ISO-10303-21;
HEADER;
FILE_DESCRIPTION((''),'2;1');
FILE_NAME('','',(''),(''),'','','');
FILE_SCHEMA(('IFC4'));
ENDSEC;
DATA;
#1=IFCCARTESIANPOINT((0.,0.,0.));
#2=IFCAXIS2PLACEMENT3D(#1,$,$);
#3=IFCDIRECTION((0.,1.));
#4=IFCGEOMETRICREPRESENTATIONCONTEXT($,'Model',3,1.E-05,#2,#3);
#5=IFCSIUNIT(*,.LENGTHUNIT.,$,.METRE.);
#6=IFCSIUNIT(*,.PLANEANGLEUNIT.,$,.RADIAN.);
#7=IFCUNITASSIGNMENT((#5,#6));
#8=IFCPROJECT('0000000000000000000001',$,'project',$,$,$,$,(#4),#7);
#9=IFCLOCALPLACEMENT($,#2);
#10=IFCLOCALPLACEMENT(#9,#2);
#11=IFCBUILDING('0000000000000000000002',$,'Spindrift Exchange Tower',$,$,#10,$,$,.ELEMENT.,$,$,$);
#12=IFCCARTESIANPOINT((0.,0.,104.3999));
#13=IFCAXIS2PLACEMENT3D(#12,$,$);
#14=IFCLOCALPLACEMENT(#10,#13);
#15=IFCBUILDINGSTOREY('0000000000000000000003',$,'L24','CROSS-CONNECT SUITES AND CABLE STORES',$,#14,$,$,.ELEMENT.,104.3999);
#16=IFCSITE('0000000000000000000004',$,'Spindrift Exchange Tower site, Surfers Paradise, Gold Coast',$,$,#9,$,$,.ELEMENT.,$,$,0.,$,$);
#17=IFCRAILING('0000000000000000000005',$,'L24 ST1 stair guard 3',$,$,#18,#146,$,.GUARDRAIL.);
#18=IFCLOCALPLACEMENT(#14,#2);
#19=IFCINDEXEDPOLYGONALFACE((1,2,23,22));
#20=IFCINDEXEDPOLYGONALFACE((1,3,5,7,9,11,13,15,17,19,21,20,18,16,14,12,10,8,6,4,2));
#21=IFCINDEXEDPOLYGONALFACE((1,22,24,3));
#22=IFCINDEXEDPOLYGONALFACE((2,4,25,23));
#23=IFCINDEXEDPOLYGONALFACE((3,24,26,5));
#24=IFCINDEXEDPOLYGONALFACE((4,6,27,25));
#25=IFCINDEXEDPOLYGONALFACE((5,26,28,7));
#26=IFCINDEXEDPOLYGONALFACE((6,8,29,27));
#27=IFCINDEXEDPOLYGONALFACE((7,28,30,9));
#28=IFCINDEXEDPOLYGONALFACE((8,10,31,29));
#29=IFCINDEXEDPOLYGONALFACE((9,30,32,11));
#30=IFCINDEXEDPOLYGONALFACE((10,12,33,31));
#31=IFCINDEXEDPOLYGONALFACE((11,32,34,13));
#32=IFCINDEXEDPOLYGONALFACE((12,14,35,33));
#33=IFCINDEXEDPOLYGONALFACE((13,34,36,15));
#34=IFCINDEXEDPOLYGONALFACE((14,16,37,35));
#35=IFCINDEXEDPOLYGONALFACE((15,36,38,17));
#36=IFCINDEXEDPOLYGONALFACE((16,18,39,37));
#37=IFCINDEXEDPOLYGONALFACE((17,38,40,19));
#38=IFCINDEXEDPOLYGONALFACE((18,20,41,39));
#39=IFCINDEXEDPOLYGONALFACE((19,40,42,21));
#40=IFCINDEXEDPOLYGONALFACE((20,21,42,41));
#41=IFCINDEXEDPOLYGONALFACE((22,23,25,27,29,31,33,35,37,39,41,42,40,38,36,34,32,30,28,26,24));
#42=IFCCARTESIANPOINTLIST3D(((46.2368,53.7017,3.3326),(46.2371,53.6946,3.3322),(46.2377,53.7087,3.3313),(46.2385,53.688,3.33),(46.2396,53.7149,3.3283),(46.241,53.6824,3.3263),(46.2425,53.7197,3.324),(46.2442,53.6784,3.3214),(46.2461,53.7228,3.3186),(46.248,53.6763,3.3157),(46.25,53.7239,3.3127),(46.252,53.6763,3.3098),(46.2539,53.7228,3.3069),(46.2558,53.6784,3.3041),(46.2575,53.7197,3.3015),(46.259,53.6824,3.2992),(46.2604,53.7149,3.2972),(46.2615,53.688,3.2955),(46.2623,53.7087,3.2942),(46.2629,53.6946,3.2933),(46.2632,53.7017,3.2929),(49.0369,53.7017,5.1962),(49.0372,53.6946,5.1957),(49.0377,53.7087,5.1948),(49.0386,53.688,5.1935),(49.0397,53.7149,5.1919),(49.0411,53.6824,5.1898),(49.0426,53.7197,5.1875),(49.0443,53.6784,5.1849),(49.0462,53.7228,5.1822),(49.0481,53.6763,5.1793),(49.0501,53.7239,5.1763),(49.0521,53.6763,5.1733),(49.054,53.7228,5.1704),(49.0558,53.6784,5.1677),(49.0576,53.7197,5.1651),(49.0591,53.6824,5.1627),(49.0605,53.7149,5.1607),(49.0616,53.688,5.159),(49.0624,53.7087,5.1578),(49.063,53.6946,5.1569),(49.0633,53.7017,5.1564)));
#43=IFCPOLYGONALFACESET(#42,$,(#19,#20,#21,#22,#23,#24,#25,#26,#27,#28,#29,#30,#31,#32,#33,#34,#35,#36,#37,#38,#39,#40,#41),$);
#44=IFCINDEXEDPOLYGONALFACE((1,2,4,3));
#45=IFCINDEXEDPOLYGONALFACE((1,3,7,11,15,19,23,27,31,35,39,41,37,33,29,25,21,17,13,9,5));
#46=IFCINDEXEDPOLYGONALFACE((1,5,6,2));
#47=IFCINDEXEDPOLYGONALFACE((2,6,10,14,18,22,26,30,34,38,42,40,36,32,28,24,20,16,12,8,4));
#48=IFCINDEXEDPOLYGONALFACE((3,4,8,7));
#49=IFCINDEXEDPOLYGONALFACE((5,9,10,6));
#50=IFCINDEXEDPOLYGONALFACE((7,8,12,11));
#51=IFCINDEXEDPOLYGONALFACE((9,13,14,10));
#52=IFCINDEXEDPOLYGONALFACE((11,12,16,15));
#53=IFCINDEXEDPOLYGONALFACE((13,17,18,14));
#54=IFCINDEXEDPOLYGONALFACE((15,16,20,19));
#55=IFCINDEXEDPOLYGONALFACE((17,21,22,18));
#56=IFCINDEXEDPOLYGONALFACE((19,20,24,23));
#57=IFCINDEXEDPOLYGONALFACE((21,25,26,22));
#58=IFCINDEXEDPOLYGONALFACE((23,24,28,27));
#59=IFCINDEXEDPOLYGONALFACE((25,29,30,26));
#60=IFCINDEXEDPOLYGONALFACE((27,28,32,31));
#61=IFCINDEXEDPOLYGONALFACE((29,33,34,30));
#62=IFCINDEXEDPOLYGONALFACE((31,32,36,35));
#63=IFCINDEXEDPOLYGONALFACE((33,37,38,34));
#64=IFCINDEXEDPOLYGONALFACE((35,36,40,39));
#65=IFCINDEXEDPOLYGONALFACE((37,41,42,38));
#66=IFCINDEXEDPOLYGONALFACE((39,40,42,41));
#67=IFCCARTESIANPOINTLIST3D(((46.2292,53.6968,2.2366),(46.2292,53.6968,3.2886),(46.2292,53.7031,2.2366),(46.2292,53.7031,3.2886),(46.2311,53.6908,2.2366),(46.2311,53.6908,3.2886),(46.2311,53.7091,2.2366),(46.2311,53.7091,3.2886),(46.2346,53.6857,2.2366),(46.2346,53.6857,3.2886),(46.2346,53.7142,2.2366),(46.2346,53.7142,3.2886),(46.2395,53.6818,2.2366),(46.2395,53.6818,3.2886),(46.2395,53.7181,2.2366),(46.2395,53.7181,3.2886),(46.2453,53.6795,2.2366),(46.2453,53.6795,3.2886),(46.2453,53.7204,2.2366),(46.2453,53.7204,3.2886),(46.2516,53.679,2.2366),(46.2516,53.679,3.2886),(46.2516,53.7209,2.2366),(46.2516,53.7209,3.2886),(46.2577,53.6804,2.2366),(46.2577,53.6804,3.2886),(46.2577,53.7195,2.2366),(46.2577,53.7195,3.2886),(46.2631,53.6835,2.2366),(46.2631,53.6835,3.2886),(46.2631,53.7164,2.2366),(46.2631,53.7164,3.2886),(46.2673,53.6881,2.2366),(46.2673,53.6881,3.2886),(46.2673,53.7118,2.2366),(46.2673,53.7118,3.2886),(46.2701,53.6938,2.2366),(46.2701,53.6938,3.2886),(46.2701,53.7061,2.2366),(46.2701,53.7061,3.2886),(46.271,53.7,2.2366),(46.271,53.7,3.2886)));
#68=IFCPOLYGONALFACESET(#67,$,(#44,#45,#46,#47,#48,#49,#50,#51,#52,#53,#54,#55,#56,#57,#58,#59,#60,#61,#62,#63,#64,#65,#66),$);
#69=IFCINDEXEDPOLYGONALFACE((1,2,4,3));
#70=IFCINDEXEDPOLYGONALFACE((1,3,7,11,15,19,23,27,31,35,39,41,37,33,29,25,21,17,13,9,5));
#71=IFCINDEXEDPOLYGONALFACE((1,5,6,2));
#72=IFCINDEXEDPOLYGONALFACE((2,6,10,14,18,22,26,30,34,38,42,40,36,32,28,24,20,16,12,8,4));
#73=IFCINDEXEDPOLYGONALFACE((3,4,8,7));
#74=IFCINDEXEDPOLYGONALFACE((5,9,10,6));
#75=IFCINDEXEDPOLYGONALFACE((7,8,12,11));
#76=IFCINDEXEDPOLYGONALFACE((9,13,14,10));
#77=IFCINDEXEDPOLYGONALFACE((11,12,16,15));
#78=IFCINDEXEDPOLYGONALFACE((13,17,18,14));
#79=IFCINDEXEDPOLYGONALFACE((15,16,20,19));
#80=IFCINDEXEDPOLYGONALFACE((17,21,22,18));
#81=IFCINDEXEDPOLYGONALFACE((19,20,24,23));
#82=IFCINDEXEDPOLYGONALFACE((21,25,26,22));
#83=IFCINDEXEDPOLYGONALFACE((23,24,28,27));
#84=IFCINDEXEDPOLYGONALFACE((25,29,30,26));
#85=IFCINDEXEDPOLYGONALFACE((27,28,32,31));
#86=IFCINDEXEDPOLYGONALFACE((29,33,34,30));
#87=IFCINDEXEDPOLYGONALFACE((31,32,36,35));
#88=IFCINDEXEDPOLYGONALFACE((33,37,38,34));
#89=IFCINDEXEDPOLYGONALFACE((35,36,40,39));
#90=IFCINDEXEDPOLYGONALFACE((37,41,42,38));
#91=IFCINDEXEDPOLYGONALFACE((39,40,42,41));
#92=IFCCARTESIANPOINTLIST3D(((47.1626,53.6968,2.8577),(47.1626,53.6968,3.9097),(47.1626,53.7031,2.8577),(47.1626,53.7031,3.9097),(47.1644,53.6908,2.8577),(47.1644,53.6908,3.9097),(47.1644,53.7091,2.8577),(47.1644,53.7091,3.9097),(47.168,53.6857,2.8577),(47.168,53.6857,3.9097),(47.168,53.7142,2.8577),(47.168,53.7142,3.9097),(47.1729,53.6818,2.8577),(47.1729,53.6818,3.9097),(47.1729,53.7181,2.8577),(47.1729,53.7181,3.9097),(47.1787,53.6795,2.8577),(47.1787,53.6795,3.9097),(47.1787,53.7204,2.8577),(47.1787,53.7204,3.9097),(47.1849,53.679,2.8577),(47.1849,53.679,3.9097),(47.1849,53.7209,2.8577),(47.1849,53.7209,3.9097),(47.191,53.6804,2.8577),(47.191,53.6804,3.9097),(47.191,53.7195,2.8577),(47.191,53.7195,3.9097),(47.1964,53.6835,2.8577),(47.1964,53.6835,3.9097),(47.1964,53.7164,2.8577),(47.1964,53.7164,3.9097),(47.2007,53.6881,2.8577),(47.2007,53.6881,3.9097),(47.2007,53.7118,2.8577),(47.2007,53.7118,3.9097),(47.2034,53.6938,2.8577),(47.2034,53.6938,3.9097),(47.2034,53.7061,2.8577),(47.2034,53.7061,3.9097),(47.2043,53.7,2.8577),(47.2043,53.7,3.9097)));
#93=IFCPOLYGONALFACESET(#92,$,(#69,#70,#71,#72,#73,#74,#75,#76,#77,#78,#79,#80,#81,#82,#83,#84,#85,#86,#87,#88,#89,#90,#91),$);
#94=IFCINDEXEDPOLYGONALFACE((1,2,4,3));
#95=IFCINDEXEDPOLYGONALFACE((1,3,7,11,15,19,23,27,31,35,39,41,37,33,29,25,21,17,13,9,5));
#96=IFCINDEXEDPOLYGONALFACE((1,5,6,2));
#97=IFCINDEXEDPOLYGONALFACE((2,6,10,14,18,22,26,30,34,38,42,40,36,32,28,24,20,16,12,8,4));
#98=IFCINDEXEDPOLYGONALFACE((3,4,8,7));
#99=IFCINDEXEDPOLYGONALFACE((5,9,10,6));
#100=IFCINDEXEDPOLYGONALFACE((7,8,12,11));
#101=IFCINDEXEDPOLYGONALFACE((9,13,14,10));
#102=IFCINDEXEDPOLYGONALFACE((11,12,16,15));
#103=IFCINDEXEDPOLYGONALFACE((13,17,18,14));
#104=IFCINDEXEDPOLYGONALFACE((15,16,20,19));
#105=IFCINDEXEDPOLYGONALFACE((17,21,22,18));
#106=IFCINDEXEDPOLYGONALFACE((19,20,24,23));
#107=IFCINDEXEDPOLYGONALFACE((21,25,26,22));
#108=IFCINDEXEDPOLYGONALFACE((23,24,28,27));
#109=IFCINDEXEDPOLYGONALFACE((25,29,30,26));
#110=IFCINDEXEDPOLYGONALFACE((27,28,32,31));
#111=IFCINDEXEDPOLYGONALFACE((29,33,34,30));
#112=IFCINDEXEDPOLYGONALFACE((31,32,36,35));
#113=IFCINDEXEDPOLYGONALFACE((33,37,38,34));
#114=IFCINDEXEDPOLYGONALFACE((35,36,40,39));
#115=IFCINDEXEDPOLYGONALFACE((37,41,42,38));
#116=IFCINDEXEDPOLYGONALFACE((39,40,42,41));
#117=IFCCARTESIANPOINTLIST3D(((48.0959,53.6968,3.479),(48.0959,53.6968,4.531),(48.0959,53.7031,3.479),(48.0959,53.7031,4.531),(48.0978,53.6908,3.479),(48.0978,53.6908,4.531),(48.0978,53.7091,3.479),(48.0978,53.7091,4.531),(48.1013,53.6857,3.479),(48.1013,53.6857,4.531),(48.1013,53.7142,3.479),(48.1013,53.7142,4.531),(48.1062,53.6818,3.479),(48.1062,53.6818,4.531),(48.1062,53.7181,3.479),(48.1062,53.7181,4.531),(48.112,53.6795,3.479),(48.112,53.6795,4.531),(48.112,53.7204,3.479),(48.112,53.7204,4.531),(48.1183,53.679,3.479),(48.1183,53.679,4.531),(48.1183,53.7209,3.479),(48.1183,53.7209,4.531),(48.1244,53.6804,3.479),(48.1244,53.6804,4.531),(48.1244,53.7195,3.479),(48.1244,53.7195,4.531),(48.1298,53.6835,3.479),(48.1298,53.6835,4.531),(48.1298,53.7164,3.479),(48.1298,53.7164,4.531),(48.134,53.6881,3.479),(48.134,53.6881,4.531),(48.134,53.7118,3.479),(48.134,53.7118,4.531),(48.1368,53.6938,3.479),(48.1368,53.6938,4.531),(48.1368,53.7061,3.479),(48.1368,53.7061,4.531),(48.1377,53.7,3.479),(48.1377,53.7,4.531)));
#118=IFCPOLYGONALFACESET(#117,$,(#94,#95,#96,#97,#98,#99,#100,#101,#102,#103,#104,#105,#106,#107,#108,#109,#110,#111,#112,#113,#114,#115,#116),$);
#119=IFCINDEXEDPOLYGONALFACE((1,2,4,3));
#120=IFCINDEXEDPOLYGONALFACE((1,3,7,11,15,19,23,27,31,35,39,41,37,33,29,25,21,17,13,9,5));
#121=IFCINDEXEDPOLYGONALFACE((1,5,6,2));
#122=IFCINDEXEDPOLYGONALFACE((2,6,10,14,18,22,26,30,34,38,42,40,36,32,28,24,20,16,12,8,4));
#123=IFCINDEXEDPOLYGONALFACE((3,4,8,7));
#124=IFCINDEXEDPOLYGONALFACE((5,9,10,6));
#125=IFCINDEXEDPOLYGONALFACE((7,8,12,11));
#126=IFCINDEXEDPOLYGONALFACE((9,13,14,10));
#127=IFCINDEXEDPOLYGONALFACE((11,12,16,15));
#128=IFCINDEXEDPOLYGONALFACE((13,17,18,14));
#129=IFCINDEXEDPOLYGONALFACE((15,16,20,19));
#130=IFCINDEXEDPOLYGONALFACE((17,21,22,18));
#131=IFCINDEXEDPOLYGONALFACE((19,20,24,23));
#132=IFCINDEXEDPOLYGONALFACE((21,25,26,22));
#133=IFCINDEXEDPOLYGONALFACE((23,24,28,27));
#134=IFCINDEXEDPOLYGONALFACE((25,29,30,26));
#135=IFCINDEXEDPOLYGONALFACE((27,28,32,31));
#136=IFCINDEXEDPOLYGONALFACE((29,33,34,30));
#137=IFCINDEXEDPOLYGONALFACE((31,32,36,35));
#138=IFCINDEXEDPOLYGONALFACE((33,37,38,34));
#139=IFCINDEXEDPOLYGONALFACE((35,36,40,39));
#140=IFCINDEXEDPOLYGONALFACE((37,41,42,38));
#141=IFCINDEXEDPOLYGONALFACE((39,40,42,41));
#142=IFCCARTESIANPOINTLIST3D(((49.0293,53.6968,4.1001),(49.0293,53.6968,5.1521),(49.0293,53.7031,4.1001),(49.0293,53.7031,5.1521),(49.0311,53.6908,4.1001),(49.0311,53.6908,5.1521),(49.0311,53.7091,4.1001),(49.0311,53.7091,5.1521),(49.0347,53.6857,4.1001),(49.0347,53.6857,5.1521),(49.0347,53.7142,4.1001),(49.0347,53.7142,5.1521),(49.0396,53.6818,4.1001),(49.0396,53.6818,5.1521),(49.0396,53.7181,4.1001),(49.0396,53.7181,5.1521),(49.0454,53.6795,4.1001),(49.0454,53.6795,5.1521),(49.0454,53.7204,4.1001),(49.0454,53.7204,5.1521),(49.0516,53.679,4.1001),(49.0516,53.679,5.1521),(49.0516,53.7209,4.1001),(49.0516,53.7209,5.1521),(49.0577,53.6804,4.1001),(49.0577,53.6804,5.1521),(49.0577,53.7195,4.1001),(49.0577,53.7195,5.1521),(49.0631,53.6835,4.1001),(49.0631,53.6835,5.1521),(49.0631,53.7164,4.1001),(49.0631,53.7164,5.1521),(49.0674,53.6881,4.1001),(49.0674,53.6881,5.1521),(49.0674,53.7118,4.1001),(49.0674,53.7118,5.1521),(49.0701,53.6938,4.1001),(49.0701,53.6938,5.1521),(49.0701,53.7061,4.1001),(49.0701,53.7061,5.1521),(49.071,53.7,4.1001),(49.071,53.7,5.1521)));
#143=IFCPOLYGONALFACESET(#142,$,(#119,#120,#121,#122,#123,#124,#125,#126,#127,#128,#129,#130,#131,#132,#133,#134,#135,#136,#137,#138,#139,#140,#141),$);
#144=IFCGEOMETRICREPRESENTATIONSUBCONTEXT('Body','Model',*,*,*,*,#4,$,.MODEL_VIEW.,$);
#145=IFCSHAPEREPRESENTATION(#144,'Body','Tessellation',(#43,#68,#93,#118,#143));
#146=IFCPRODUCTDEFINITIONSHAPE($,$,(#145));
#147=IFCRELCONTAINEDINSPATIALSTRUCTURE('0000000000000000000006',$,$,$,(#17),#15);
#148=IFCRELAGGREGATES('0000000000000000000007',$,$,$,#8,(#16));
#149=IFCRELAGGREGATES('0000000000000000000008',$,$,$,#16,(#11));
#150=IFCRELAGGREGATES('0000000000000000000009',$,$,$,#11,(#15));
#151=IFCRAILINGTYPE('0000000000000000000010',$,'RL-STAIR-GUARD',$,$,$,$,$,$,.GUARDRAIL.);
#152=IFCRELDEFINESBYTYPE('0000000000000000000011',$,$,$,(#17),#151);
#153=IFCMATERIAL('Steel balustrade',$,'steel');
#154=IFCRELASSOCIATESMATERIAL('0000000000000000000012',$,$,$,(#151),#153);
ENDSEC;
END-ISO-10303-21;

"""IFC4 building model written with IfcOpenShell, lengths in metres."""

from ifc_helpers import new_model, si_unit, direction, frame, origin, origin_2d, place, context, subcontext, project, spatial, circle, extrude, material, type_object, element, save


model = new_model("IFC4")

# Units and contexts
model_context = context("Model", 3, precision=1e-05, world=origin(), true_north=direction((0.0, 1.0)))
body_context = subcontext(model_context, "Body", "Model", "MODEL_VIEW")
ifc_project = project(units=[si_unit("LENGTHUNIT", "METRE"), si_unit("PLANEANGLEUNIT", "RADIAN")], contexts=[model_context])

# Site, building, storey
site_placement = place(None, origin())
site = spatial("IfcSite", under=ifc_project, at=site_placement, Name="Spindrift Exchange Tower site, Surfers Paradise, Gold Coast", CompositionType="ELEMENT", RefElevation=0.0)
building_placement = place(site_placement, origin())
building = spatial("IfcBuilding", under=site, at=building_placement, Name="Spindrift Exchange Tower", CompositionType="ELEMENT")
storey_placement = place(building_placement, frame((0.0, 0.0, 104.3999)))
storey = spatial("IfcBuildingStorey", under=building, at=storey_placement, Name="L24", Description="CROSS-CONNECT SUITES AND CABLE STORES", CompositionType="ELEMENT", Elevation=104.3999)

# Railing
ifc_material_1 = material(Name="Steel balustrade", Category="steel")
railing_type_1 = type_object("IfcRailingType", Name="RL-STAIR-GUARD", PredefinedType="GUARDRAIL", material=ifc_material_1)
railing_1_placement = place(storey_placement, frame((46.25, 53.7, 2.2366)))
element("IfcRailing", 1, at=railing_1_placement, inside=storey, type_object=railing_type_1, Name="L24 ST1 stair guard 3", PredefinedType="GUARDRAIL", context=body_context, shape_type="SweptSolid", body=[
    extrude(circle(Radius=0.0239, at=origin_2d()), frame((0.0, 0.0, 1.0762), z_axis=(0.832486, 0.0, 0.554047), x_axis=(0.0, 1.0, 0.0)), (0.0, 0.0, 1.0), 3.3635),
    extrude(circle(Radius=0.021, at=origin_2d()), origin(), (0.0, 0.0, 1.0), 1.052),
    extrude(circle(Radius=0.021, at=origin_2d()), frame((0.9333, 0.0, 0.6211)), (0.0, 0.0, 1.0), 1.052),
    extrude(circle(Radius=0.021, at=origin_2d()), frame((1.8667, 0.0, 1.2424)), (0.0, 0.0, 1.0), 1.052),
    extrude(circle(Radius=0.021, at=origin_2d()), frame((2.8, 0.0, 1.8635)), (0.0, 0.0, 1.0), 1.052),
])

save(model, "model.ifc")
